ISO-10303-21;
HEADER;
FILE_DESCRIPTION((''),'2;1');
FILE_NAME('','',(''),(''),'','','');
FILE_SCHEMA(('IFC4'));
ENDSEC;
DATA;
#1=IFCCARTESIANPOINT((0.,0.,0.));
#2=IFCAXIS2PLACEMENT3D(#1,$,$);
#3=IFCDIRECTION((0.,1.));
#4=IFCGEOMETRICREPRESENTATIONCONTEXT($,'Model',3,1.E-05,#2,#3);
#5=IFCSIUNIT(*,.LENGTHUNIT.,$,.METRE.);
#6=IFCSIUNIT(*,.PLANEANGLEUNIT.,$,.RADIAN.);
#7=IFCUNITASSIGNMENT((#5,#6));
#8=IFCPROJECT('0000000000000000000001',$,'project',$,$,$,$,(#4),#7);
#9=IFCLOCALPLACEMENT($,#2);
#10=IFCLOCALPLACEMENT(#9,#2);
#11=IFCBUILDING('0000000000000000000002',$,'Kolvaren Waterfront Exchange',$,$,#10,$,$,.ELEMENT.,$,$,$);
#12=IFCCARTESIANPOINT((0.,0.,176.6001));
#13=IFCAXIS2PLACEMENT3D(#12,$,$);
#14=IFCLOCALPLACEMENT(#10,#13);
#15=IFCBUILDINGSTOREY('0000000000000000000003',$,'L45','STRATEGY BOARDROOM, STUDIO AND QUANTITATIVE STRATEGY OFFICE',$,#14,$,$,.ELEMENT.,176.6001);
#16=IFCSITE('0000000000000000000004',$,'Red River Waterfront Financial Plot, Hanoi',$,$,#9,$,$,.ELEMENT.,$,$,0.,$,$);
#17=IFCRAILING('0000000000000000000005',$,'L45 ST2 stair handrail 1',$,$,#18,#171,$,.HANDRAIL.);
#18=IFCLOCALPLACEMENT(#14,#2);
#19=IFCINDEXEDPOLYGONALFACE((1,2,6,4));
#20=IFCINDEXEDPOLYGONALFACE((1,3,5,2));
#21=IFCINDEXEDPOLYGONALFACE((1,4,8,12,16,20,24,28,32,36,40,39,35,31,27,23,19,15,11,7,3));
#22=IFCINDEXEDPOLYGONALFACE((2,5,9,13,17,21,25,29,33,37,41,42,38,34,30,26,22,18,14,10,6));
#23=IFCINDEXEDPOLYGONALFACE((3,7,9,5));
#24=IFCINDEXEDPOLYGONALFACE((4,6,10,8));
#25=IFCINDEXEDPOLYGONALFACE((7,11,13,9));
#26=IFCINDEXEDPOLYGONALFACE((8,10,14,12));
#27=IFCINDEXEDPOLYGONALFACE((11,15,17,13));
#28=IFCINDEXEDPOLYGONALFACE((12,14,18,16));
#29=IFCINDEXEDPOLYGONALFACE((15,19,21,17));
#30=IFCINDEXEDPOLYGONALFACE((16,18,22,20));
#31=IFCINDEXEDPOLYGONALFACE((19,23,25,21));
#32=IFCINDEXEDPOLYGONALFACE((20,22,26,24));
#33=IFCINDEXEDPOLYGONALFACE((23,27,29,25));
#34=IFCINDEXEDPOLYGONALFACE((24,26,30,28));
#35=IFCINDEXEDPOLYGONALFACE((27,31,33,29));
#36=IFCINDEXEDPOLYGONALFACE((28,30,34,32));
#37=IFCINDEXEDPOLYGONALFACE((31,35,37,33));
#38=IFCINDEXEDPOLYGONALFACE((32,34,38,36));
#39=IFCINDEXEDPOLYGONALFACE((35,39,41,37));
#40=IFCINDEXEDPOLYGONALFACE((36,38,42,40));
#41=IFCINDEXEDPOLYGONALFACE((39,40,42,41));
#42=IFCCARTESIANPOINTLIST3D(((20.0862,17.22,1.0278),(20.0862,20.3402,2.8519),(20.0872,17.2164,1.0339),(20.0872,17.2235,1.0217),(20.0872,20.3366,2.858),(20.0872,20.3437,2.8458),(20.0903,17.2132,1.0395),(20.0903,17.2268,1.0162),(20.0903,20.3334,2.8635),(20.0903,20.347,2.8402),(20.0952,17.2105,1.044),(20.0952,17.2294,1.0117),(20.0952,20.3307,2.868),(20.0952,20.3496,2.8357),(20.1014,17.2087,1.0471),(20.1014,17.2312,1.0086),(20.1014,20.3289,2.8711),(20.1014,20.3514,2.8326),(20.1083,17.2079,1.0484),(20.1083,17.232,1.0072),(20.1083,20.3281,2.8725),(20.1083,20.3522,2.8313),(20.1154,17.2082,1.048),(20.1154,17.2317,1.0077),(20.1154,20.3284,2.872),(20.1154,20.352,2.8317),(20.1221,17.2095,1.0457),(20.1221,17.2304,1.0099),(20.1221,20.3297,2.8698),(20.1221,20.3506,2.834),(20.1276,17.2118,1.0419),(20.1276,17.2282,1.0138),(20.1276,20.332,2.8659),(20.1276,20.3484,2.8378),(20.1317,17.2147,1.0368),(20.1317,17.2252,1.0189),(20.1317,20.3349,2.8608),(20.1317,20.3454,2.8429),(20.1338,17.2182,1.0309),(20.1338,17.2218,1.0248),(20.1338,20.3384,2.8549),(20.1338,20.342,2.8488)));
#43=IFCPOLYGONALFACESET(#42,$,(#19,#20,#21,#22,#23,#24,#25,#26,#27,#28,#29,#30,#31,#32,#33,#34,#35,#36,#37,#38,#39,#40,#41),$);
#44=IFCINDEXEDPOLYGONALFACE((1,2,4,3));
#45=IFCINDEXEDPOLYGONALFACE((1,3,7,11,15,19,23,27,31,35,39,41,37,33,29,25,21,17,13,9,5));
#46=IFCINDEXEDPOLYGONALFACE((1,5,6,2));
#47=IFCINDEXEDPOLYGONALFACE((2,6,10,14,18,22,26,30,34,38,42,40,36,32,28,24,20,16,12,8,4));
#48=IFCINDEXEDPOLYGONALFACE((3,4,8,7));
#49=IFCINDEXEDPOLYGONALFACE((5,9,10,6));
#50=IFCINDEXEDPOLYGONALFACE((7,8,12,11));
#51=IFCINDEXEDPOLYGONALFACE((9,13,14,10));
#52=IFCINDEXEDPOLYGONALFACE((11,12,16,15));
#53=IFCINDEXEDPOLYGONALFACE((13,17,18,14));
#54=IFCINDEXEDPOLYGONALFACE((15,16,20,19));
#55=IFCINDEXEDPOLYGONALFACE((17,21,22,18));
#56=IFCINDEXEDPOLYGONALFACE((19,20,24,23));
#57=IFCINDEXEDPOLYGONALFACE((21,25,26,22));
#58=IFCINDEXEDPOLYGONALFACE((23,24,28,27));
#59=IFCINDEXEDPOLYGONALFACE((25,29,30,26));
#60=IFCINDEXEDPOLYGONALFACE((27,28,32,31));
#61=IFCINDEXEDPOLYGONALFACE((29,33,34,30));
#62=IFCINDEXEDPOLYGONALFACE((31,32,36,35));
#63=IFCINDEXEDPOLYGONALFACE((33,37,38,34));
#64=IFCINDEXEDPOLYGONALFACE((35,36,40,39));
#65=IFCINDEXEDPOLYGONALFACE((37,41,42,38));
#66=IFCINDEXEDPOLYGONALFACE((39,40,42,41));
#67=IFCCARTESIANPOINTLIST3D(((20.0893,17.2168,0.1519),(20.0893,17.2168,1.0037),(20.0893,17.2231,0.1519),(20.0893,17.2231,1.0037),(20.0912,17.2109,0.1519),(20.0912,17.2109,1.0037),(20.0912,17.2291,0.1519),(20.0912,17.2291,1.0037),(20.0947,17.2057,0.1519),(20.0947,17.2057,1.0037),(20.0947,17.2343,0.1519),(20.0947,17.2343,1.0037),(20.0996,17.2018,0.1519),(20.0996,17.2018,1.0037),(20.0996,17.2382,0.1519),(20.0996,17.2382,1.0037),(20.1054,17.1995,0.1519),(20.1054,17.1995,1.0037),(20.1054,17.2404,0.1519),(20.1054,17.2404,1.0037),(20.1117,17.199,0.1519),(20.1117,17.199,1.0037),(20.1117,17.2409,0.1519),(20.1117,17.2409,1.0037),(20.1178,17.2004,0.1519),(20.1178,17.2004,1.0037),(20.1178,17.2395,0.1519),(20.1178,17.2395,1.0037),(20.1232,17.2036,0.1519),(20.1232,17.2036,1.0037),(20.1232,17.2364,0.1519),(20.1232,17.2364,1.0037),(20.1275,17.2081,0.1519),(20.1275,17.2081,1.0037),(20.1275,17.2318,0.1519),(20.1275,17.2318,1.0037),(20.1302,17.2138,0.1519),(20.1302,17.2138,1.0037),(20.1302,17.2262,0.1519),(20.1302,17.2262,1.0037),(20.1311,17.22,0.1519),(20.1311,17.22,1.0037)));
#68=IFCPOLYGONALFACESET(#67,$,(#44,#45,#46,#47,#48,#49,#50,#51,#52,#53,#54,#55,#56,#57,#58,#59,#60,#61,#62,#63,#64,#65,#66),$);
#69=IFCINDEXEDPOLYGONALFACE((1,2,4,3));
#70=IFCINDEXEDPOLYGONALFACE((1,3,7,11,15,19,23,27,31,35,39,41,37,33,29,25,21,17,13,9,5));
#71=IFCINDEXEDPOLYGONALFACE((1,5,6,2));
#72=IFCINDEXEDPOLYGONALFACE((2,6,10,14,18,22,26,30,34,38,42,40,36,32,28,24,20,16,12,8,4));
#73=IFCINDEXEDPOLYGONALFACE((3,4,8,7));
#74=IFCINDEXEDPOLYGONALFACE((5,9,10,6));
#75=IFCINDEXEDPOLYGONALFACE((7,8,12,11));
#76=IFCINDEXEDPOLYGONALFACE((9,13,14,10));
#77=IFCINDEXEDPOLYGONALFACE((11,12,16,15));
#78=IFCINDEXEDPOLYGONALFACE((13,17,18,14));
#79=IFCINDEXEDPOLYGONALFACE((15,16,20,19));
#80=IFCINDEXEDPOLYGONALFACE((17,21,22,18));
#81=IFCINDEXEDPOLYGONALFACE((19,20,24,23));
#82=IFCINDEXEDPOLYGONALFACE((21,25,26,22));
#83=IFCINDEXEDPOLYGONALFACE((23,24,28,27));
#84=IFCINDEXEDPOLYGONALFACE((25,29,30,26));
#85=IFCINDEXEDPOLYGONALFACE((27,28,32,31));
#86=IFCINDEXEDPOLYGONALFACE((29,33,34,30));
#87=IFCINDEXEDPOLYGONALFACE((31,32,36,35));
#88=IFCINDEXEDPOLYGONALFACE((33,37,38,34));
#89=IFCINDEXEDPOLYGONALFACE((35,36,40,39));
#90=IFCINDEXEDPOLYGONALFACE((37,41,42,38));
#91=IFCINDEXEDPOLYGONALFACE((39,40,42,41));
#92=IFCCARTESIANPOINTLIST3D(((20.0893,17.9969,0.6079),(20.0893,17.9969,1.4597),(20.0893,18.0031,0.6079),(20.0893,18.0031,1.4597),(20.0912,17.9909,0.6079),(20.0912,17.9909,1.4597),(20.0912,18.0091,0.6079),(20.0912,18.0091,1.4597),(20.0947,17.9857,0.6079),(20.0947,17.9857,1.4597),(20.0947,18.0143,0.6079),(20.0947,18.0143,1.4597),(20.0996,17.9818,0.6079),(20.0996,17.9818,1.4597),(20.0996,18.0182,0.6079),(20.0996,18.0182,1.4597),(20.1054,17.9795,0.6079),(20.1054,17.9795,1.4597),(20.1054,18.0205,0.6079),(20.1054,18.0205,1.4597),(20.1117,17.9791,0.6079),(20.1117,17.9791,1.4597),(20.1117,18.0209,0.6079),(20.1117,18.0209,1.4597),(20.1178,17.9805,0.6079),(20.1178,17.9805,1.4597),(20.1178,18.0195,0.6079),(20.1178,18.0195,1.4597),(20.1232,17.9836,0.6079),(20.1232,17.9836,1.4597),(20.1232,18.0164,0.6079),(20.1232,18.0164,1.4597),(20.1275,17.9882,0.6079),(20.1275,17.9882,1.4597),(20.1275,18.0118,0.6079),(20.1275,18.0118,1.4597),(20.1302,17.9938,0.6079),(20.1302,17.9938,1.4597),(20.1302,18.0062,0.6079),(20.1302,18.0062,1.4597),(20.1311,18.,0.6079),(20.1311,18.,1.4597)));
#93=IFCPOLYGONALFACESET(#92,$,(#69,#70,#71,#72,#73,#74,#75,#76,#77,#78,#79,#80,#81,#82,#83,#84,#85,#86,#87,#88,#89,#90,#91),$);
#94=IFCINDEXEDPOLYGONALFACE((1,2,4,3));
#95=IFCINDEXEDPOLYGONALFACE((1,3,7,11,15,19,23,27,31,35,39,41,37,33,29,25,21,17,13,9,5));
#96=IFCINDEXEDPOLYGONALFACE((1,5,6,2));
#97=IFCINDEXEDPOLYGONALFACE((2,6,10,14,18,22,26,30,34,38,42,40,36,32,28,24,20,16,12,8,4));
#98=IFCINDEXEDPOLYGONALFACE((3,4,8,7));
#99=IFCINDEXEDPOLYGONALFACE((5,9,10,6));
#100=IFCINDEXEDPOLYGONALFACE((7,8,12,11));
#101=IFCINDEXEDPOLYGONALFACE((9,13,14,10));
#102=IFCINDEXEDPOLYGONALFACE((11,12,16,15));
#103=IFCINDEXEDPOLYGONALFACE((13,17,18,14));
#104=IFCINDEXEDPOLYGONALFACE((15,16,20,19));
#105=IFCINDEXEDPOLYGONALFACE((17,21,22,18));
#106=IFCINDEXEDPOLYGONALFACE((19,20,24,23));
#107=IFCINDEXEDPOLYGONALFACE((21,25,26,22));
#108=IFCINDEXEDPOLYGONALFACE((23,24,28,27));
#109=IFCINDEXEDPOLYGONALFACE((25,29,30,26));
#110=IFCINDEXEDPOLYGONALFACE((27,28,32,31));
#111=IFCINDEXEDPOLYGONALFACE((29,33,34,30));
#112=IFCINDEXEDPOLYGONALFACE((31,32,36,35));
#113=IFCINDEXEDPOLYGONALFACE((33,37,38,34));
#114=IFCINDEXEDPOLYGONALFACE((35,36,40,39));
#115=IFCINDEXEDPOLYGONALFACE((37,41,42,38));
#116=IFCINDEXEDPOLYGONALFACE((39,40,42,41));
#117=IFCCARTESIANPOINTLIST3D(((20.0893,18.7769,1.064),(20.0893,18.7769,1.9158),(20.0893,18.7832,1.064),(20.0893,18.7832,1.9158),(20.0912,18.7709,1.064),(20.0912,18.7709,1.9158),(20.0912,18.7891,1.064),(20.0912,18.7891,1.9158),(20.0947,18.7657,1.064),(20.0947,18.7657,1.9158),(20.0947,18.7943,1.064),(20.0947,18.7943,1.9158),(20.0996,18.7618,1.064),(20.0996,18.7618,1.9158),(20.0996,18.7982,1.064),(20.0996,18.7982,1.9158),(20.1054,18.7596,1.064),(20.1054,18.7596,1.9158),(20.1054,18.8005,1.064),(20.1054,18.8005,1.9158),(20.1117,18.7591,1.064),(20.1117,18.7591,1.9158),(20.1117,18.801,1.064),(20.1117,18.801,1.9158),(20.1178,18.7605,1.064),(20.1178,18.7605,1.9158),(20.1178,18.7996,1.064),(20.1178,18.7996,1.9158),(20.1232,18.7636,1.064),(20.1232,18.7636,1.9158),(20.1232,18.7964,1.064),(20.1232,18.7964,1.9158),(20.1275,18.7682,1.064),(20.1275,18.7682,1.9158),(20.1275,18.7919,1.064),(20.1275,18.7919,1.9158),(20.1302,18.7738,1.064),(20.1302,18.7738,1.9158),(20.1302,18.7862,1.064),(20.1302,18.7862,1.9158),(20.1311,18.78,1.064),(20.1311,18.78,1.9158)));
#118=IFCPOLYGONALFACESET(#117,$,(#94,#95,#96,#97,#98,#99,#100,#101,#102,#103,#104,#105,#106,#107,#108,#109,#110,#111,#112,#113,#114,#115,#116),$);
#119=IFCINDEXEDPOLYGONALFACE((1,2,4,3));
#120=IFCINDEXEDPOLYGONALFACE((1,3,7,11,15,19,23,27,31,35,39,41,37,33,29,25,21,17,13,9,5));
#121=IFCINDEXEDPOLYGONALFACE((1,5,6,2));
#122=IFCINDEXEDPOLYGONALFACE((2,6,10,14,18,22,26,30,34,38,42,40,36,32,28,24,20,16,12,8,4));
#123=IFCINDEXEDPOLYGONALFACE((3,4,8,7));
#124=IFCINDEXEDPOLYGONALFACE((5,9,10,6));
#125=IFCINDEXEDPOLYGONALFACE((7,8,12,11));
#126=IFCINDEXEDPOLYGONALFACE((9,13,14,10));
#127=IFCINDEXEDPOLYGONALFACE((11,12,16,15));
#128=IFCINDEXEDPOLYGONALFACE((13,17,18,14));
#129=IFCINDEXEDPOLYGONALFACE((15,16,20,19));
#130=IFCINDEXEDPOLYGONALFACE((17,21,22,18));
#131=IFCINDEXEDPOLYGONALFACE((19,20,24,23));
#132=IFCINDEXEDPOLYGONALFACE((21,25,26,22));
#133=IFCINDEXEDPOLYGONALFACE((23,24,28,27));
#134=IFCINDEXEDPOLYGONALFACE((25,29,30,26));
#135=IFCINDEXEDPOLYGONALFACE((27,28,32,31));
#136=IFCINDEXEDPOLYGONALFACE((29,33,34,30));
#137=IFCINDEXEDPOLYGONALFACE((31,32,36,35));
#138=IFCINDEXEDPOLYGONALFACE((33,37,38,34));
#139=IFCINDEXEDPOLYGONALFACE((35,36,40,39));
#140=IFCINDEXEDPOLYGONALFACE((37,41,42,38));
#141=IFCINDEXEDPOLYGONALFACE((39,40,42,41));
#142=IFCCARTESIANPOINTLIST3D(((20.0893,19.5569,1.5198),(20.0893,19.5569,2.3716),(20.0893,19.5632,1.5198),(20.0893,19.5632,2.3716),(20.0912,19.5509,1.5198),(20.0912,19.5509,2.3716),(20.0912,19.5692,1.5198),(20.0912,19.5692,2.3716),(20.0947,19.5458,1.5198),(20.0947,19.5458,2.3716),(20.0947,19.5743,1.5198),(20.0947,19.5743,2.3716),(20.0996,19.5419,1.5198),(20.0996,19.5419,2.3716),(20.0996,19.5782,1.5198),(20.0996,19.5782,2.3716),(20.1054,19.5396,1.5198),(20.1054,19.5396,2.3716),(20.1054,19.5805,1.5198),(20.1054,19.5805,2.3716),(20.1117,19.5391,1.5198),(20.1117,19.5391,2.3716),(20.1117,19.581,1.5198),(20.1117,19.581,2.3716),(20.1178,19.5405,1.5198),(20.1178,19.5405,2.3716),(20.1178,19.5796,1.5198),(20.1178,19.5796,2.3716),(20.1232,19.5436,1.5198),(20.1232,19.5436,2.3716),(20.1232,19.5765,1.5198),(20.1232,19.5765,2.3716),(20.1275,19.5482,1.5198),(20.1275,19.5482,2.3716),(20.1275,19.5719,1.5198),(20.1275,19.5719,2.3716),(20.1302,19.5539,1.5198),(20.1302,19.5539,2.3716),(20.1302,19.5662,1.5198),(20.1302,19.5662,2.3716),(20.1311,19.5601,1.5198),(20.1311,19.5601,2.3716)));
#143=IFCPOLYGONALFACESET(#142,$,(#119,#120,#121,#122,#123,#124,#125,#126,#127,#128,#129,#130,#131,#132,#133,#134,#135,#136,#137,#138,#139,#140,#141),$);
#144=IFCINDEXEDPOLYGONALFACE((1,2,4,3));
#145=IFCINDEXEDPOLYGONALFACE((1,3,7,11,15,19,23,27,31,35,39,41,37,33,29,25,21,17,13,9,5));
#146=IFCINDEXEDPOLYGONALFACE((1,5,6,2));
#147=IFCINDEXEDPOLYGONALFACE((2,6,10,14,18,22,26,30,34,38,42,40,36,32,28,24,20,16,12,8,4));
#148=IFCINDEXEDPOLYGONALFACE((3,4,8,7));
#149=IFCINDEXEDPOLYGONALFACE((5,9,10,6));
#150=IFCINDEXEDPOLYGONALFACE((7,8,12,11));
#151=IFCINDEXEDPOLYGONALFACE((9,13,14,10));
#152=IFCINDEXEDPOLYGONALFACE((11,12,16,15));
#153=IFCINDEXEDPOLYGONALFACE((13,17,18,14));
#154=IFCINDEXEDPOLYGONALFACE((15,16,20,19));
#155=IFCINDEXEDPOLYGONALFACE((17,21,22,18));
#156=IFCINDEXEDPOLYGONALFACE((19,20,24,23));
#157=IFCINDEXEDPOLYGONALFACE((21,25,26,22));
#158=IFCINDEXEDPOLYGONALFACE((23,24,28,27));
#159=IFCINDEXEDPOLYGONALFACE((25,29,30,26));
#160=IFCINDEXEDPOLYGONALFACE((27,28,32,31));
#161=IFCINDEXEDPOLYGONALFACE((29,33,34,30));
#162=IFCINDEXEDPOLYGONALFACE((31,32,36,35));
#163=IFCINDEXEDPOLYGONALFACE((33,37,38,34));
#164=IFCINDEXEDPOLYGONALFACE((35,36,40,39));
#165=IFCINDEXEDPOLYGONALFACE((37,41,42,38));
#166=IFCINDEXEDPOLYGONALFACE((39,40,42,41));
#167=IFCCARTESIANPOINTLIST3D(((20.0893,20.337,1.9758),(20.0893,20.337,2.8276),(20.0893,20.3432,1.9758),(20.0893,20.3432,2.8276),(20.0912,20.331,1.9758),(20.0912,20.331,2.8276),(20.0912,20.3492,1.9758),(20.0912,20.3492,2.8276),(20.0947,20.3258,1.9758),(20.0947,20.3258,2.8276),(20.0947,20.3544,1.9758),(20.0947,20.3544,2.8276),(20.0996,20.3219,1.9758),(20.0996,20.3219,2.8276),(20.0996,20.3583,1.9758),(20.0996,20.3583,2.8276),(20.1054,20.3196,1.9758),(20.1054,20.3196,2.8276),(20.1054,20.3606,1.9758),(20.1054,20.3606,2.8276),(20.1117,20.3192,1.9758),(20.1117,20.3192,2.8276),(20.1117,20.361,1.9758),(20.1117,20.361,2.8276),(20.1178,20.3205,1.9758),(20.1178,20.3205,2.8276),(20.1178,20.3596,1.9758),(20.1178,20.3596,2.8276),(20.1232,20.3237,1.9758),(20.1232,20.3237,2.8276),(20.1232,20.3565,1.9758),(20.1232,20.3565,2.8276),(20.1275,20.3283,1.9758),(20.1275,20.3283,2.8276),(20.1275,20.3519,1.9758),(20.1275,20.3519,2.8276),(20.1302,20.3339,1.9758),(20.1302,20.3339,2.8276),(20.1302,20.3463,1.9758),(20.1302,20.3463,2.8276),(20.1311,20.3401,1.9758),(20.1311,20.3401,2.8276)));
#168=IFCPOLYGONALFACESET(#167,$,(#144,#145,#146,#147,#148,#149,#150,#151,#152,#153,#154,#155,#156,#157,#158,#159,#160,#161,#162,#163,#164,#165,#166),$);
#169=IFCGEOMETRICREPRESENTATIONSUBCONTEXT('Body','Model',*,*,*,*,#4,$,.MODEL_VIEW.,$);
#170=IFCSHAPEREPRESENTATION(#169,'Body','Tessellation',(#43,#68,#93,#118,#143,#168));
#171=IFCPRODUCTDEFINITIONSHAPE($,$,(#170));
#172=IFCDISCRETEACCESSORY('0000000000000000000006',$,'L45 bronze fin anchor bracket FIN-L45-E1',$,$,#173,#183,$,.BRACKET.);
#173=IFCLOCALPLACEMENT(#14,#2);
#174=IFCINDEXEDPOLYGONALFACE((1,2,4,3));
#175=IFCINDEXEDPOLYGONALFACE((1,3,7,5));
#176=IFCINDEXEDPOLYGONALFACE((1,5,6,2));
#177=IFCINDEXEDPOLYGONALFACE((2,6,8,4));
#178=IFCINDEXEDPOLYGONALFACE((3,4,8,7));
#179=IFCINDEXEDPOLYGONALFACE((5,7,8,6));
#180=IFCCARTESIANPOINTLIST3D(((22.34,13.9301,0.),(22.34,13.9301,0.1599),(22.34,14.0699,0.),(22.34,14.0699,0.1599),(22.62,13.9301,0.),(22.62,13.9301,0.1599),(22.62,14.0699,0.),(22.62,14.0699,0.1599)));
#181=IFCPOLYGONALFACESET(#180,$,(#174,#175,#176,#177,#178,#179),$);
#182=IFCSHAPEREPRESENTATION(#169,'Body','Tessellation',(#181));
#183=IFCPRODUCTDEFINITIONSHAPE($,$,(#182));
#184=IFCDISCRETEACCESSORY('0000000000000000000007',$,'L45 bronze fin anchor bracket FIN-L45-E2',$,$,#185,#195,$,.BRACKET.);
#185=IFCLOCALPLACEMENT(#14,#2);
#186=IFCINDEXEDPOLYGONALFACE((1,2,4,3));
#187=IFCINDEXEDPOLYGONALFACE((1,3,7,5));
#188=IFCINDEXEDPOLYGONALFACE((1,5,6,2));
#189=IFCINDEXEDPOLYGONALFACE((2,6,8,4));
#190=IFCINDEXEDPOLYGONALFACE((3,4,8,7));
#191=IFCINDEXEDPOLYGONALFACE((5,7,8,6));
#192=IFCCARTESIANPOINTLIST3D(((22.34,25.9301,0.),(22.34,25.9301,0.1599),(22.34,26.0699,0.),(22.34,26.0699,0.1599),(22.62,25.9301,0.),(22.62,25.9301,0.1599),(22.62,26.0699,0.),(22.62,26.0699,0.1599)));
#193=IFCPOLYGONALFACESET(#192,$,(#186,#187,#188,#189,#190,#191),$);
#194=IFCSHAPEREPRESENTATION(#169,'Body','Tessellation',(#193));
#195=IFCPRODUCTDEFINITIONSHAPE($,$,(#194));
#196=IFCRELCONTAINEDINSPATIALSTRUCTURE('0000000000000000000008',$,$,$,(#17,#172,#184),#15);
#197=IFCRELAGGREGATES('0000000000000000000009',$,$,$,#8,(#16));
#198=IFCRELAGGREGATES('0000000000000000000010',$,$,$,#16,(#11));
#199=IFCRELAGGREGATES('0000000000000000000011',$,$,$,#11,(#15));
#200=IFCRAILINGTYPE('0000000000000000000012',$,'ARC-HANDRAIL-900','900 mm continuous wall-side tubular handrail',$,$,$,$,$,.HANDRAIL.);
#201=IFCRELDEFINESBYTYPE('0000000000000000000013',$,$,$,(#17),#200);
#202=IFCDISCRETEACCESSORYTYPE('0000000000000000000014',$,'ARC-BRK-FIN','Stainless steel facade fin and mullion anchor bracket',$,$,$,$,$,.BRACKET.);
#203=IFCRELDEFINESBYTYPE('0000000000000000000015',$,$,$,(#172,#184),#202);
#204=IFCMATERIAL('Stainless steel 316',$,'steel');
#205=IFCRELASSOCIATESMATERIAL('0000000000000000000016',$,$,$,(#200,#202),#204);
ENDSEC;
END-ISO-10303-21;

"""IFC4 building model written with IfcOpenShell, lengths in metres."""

from ifc_helpers import new_model, si_unit, direction, frame, origin, origin_with_axes, origin_2d, place, context, subcontext, project, spatial, rectangle, circle, extrude, source, transform, mapped, material, type_object, element, save


model = new_model("IFC4")

# Units and contexts
model_context = context("Model", 3, precision=1e-05, world=origin(), true_north=direction((0.0, 1.0)))
body_context = subcontext(model_context, "Body", "Model", "MODEL_VIEW")
ifc_project = project(units=[si_unit("LENGTHUNIT", "METRE"), si_unit("PLANEANGLEUNIT", "RADIAN")], contexts=[model_context])

# Site, building, storey
site_placement = place(None, origin())
site = spatial("IfcSite", under=ifc_project, at=site_placement, Name="Red River Waterfront Financial Plot, Hanoi", CompositionType="ELEMENT", RefElevation=0.0)
building_placement = place(site_placement, origin())
building = spatial("IfcBuilding", under=site, at=building_placement, Name="Kolvaren Waterfront Exchange", CompositionType="ELEMENT")
storey_placement = place(building_placement, frame((0.0, 0.0, 176.6001)))
storey = spatial("IfcBuildingStorey", under=building, at=storey_placement, Name="L45", Description="STRATEGY BOARDROOM, STUDIO AND QUANTITATIVE STRATEGY OFFICE", CompositionType="ELEMENT", Elevation=176.6001)

# Railing
ifc_material_1 = material(Name="Stainless steel 316", Category="steel")
railing_type = type_object("IfcRailingType", Name="ARC-HANDRAIL-900", Description="900 mm continuous wall-side tubular handrail", PredefinedType="HANDRAIL", material=ifc_material_1)
railing_placement = place(storey_placement, frame((20.1101, 17.22, 0.1519)))
element("IfcRailing", 1, at=railing_placement, inside=storey, type_object=railing_type, Name="L45 ST2 stair handrail 1", PredefinedType="HANDRAIL", context=body_context, shape_type="SweptSolid", body=[
    extrude(circle(Radius=0.0239, at=origin_2d()), frame((0.0, 0.0, 0.876), z_axis=(0.0, 0.863308, 0.504677), x_axis=(-1.0, 0.0, 0.0)), (0.0, 0.0, 1.0), 3.6143),
    extrude(circle(Radius=0.021, at=origin_2d()), origin(), (0.0, 0.0, 1.0), 0.8518),
    extrude(circle(Radius=0.021, at=origin_2d()), frame((0.0, 0.78, 0.4561)), (0.0, 0.0, 1.0), 0.8518),
    extrude(circle(Radius=0.021, at=origin_2d()), frame((0.0, 1.5601, 0.9121)), (0.0, 0.0, 1.0), 0.8518),
    extrude(circle(Radius=0.021, at=origin_2d()), frame((0.0, 2.3401, 1.3679)), (0.0, 0.0, 1.0), 0.8518),
    extrude(circle(Radius=0.021, at=origin_2d()), frame((0.0, 3.1201, 1.824)), (0.0, 0.0, 1.0), 0.8518),
])

# Discrete accessories
discrete_accessory_type = type_object("IfcDiscreteAccessoryType", Name="ARC-BRK-FIN", Description="Stainless steel facade fin and mullion anchor bracket", PredefinedType="BRACKET", material=ifc_material_1)
shared_shape_1 = source(origin_with_axes(), body_context, "Body", "SweptSolid", [
    extrude(rectangle(XDim=0.28, YDim=0.1399, at=origin_2d()), origin(), (0.0, 0.0, 1.0), 0.1599),
])
for number, where, z_axis, x_axis, name in (
    (2, (22.48, 14.0, 0.0), (0.0, 0.0, 1.0), (1.0, 0.0, 0.0), "L45 bronze fin anchor bracket FIN-L45-E1"),
    (3, (22.48, 26.0, 0.0), (0.0, 0.0, 1.0), (1.0, 0.0, 0.0), "L45 bronze fin anchor bracket FIN-L45-E2"),
):
    element("IfcDiscreteAccessory", number, at=place(storey_placement, frame(where, z_axis=z_axis, x_axis=x_axis)), inside=storey, type_object=discrete_accessory_type, Name=name, PredefinedType="BRACKET", context=body_context, shape_type="MappedRepresentation", body=[
        mapped(shared_shape_1, transform((0.0, 0.0, 0.0), x_axis=(1.0, 0.0, 0.0), y_axis=(0.0, 1.0, 0.0), z_axis=(0.0, 0.0, 1.0), scale=1.0)),
    ])

save(model, "model.ifc")
